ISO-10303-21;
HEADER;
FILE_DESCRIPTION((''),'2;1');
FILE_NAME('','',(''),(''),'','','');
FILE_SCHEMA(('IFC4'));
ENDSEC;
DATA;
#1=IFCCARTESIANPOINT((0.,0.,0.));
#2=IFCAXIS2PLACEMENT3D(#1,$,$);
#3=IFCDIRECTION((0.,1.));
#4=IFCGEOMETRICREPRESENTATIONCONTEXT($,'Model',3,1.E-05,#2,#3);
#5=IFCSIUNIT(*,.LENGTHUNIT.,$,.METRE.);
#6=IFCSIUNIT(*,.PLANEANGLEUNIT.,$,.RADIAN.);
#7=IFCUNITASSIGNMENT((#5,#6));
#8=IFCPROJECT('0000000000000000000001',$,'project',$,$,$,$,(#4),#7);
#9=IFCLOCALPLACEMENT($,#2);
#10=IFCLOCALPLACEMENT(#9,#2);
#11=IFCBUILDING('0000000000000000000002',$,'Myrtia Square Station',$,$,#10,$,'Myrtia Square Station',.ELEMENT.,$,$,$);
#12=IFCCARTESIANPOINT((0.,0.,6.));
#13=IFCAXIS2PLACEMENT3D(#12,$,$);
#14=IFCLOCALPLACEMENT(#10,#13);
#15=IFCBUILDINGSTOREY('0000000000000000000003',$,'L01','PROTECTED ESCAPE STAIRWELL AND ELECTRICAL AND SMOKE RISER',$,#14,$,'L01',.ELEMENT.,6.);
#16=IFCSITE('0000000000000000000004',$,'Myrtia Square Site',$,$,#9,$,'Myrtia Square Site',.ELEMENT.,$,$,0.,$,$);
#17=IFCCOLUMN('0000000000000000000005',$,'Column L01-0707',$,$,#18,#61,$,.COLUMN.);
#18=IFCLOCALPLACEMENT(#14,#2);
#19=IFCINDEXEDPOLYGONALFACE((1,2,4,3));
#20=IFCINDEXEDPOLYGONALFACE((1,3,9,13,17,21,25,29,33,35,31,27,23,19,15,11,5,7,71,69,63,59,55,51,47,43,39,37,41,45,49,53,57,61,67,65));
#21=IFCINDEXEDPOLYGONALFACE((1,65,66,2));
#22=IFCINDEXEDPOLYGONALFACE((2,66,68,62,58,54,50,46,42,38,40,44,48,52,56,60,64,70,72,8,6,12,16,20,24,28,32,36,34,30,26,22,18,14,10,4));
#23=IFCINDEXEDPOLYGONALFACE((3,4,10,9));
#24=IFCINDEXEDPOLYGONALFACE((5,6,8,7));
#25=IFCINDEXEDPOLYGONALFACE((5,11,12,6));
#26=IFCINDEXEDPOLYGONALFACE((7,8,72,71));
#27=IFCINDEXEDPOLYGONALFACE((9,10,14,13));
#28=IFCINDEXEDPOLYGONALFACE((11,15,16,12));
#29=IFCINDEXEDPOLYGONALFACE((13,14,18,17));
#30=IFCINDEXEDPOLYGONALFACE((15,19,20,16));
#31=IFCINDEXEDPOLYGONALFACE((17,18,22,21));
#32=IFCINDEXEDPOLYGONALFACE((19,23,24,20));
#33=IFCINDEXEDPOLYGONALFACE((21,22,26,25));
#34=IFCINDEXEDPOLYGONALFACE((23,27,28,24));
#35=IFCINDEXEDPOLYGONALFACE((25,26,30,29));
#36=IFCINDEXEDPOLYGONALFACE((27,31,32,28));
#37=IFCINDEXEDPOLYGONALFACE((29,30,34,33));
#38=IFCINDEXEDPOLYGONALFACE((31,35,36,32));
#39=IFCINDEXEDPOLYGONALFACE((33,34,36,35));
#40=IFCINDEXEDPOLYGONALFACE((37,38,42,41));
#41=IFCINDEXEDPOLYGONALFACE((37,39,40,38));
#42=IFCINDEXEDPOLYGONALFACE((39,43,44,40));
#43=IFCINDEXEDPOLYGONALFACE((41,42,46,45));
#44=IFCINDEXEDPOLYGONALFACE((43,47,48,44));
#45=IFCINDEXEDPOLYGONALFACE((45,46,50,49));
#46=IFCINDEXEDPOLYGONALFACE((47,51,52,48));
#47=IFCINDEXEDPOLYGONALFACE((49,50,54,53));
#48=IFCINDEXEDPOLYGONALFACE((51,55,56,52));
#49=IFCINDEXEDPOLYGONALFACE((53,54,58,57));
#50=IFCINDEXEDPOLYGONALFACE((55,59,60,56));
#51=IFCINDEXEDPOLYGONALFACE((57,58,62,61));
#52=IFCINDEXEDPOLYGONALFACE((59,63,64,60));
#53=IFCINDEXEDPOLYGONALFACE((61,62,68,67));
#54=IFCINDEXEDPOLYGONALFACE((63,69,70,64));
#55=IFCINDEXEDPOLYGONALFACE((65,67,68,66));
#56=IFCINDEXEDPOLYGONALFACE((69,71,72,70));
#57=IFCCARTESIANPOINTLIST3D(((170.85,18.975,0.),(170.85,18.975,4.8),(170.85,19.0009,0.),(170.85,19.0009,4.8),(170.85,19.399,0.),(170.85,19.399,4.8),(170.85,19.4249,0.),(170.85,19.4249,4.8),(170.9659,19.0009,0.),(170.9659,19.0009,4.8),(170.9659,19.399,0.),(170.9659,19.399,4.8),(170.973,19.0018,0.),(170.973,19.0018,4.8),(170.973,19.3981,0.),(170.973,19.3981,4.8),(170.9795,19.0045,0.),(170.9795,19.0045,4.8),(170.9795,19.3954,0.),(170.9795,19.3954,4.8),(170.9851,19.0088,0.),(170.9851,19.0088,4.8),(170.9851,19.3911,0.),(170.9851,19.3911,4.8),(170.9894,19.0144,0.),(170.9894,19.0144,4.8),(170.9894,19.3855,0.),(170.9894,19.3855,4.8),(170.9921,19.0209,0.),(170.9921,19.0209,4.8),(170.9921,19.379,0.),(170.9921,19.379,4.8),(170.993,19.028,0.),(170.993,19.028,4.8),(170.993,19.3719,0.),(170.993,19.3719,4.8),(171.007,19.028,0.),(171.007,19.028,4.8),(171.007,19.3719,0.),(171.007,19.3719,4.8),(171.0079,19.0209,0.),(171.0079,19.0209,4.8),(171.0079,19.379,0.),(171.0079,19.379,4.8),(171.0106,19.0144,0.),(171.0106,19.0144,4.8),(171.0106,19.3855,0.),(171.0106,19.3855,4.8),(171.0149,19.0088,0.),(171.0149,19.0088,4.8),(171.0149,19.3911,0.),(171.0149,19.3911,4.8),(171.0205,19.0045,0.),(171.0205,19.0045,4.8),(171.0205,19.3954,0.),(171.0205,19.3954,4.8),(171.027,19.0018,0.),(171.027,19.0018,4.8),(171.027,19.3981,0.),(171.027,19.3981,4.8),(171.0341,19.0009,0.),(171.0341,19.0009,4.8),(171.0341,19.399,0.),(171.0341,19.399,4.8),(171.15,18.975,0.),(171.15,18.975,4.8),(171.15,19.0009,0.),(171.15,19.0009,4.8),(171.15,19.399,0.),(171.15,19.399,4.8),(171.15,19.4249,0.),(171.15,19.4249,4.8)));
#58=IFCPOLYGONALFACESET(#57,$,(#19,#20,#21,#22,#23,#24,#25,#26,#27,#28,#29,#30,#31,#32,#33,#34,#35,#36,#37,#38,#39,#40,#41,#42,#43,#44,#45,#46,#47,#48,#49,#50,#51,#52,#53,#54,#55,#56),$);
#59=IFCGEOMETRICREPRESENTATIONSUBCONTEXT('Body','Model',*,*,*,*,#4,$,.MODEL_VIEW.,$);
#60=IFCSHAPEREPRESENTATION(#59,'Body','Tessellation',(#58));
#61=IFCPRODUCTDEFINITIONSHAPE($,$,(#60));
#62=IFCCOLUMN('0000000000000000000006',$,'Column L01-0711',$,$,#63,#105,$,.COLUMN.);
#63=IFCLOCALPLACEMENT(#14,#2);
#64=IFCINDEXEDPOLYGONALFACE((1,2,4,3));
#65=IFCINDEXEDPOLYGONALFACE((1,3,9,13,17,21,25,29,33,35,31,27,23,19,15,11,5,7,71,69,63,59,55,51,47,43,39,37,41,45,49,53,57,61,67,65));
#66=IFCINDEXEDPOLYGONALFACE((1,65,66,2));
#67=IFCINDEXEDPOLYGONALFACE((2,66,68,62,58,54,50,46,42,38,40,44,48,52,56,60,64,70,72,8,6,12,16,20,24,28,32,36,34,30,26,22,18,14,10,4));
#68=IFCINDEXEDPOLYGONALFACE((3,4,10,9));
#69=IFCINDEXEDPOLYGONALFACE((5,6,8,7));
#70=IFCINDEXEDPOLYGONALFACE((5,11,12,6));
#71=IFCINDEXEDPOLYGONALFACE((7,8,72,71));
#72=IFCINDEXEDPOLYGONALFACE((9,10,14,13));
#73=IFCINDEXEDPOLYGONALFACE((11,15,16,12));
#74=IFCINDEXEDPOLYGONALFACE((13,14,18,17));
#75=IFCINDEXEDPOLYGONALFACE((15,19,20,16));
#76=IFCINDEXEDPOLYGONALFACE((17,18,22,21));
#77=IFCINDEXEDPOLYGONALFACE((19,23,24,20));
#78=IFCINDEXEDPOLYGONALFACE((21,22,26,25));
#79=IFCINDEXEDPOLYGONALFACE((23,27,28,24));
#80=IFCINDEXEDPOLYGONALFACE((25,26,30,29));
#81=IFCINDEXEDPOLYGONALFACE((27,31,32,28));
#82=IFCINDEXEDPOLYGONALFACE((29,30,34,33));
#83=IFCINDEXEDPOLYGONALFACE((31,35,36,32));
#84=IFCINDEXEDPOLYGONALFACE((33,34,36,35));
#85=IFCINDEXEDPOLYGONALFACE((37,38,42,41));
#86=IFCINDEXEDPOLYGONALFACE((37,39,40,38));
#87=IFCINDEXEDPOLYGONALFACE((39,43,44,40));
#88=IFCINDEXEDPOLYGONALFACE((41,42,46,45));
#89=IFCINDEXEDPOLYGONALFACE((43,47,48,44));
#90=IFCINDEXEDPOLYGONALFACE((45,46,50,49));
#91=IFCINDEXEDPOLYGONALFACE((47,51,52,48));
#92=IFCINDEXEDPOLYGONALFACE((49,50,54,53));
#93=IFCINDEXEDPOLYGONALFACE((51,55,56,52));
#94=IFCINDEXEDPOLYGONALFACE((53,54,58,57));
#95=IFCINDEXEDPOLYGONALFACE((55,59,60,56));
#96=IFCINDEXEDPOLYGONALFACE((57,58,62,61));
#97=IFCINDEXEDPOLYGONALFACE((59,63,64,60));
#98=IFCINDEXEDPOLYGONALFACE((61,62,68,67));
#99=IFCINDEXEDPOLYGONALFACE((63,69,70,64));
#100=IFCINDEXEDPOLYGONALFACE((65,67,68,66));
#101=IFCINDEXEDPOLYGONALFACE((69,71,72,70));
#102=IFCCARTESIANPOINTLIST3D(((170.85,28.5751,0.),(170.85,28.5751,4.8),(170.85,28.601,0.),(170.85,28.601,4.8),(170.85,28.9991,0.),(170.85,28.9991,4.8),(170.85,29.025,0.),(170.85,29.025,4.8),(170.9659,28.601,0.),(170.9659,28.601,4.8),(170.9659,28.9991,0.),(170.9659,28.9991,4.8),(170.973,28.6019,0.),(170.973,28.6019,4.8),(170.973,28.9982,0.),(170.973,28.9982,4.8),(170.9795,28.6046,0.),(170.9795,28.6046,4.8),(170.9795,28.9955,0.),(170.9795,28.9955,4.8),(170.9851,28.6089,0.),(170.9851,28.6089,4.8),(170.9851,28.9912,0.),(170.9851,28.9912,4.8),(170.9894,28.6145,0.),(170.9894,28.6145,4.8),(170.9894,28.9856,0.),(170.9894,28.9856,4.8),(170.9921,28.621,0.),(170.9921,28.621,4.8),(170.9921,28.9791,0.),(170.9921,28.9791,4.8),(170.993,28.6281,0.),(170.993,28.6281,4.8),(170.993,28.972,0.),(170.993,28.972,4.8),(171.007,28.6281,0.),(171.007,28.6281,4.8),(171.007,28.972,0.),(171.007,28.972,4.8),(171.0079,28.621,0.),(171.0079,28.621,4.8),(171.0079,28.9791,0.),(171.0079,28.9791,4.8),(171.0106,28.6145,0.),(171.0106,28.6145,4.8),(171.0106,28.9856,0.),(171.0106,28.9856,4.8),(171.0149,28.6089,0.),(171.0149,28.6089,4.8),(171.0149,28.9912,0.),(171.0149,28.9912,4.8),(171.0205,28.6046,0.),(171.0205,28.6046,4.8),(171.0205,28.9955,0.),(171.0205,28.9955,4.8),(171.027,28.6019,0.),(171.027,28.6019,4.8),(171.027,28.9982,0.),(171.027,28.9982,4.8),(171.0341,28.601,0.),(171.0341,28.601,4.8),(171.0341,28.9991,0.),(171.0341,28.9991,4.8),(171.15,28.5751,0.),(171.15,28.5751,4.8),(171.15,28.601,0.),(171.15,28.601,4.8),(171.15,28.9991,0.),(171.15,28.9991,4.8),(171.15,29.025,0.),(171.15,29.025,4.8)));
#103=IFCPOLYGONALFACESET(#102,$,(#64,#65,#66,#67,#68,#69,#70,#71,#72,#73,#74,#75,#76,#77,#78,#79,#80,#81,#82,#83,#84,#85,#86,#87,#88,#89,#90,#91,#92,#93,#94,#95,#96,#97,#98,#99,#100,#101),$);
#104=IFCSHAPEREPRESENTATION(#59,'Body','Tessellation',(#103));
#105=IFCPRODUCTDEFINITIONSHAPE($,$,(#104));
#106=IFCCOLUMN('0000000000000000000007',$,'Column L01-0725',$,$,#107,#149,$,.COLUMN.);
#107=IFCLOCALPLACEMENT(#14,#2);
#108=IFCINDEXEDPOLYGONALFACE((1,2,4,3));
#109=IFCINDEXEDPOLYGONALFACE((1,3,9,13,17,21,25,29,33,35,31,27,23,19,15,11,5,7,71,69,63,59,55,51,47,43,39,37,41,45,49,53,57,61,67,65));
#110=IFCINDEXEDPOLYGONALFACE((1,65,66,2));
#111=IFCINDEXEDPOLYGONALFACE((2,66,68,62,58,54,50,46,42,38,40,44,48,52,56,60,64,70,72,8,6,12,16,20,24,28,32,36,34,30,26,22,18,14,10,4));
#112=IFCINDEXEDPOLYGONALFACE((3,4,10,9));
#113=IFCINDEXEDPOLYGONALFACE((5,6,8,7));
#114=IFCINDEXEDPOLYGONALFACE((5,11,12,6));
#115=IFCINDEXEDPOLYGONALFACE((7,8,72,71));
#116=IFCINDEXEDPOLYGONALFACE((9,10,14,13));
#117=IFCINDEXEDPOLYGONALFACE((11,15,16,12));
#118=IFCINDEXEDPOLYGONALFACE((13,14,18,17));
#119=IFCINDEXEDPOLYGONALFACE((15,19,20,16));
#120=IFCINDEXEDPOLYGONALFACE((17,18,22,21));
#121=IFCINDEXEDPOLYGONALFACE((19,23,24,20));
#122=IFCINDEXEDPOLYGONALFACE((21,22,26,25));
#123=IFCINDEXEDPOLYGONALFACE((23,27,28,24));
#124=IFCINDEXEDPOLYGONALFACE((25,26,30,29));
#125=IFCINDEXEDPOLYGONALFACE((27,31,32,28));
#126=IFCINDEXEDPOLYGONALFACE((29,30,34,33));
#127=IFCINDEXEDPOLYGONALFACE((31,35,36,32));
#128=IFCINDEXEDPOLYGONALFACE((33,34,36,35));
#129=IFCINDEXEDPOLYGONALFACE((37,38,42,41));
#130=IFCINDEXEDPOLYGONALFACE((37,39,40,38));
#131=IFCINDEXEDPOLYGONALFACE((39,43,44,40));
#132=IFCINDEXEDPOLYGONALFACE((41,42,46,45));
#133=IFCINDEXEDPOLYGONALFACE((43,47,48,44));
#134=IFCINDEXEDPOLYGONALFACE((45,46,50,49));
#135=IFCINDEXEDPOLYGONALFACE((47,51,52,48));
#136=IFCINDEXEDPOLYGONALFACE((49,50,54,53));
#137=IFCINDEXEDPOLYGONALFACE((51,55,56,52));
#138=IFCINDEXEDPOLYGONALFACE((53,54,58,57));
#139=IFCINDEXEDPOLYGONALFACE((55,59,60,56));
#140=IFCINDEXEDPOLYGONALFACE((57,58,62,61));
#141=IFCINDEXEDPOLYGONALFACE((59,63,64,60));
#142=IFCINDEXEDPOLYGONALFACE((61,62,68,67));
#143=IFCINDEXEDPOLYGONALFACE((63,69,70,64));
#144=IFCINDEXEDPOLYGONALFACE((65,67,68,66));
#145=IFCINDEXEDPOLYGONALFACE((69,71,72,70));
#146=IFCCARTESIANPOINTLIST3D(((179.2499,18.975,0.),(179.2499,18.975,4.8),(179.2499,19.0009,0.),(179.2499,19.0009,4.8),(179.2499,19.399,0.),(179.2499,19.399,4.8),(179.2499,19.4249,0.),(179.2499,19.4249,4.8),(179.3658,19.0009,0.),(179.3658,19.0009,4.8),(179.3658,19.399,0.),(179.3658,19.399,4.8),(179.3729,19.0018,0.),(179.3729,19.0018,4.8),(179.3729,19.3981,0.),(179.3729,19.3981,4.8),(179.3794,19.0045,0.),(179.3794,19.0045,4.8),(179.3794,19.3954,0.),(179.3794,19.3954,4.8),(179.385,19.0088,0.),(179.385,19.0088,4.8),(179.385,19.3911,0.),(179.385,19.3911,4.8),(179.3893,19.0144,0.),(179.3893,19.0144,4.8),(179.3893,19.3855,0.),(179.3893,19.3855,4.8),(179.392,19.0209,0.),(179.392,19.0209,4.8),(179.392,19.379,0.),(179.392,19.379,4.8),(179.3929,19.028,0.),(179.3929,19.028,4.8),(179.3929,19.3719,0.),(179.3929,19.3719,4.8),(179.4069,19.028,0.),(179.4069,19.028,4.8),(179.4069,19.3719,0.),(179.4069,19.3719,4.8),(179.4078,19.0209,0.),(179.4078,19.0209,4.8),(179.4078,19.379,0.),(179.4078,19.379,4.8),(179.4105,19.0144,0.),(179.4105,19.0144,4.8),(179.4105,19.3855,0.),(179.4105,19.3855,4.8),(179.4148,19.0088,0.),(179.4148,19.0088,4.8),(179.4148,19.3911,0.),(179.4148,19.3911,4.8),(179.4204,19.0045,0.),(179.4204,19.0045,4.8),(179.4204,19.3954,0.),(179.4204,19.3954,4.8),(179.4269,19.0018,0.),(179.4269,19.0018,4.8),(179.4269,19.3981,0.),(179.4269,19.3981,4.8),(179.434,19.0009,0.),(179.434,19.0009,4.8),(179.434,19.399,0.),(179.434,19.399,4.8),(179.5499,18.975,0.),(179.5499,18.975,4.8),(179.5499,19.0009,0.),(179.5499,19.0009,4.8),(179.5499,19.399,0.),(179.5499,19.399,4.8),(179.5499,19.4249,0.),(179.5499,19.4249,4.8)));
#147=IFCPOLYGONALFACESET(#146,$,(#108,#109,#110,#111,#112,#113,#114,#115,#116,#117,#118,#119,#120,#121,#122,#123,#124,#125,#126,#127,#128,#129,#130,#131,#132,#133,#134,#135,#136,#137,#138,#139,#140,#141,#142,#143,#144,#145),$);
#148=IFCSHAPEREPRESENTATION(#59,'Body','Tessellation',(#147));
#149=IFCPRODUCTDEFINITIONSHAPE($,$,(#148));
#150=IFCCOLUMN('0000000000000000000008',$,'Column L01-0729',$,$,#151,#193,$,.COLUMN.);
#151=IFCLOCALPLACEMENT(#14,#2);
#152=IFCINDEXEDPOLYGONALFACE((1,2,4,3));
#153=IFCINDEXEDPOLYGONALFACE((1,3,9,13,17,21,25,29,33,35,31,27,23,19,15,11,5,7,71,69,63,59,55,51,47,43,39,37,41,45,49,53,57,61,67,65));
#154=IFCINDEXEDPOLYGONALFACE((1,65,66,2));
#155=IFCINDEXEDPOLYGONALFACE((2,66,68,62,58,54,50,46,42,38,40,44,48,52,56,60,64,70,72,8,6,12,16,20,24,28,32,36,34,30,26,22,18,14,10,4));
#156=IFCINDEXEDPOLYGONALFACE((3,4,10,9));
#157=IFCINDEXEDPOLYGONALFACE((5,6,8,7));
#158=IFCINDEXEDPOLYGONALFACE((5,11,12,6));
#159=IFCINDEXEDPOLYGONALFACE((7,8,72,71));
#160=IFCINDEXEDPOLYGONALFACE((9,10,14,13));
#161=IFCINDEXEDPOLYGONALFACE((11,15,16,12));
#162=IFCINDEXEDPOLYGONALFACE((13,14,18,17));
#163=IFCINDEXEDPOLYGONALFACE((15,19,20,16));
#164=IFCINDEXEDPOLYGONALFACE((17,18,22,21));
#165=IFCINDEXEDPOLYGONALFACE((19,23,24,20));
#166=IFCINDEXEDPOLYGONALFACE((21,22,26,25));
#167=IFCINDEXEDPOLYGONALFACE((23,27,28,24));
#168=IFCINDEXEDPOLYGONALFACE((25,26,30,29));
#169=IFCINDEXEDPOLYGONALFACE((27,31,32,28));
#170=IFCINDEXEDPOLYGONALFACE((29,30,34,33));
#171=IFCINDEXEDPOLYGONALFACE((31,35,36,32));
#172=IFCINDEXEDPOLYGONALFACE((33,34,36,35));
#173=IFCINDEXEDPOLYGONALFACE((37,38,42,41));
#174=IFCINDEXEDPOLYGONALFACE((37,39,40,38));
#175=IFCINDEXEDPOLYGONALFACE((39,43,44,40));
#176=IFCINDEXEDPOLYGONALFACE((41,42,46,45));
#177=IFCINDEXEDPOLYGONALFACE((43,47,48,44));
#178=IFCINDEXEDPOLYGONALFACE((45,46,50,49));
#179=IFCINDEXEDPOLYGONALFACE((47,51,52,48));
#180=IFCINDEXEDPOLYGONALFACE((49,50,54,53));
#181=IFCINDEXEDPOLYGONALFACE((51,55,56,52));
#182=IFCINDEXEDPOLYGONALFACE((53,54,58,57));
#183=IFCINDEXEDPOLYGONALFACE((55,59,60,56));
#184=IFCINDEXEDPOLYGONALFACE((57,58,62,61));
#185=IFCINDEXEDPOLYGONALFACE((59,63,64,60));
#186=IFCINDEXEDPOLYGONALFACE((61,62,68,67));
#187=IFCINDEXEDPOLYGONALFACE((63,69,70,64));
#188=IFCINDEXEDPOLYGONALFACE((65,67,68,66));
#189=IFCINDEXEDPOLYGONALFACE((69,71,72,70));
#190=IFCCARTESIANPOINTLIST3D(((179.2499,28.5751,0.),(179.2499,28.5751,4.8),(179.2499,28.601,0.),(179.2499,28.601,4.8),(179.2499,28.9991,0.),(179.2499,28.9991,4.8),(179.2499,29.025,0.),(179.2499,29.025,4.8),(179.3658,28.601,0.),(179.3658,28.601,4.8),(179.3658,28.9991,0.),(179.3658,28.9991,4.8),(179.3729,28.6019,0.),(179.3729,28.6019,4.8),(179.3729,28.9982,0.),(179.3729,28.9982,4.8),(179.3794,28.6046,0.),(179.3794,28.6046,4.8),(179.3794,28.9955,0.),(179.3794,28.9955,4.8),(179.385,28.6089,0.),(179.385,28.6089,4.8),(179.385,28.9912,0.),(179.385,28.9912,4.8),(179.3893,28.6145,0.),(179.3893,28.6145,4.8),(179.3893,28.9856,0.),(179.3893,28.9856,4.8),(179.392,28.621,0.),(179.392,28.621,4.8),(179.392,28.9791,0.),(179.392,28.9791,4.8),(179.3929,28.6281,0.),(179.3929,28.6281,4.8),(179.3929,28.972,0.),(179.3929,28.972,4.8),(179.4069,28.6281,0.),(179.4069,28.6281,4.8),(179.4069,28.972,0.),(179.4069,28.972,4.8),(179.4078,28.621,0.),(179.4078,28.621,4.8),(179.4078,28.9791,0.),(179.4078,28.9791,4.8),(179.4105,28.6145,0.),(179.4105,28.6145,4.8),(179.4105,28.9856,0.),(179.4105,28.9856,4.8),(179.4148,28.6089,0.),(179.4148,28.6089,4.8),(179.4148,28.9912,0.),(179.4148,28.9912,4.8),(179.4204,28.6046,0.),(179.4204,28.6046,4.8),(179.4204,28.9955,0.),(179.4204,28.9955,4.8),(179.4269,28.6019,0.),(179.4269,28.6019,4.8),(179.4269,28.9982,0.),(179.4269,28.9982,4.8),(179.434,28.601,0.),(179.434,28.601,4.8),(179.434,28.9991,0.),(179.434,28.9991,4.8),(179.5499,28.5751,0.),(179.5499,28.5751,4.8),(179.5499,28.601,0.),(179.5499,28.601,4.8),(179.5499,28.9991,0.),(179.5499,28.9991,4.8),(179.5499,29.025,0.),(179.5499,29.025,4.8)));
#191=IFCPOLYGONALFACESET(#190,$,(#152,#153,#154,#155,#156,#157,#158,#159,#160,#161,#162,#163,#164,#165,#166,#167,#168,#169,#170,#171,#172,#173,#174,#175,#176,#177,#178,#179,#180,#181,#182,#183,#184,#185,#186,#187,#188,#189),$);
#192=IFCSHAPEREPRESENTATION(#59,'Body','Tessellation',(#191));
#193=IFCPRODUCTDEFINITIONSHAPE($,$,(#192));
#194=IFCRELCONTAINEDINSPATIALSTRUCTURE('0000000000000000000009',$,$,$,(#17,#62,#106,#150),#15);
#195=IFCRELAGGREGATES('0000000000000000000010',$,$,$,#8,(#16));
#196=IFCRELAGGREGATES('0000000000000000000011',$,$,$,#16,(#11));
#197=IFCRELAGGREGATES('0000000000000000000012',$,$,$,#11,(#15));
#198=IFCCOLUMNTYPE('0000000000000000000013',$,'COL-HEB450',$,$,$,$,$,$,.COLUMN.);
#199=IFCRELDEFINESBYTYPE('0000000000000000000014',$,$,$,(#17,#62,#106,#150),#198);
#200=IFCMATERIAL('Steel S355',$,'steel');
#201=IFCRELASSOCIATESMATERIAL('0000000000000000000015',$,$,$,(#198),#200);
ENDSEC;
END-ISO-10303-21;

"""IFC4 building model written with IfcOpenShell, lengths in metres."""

from ifc_helpers import new_model, si_unit, direction, frame, origin, origin_2d, place, context, subcontext, project, spatial, i_section, extrude, material, material_profile, profile_set, type_object, element, save


model = new_model("IFC4")

# Units and contexts
model_context = context("Model", 3, precision=1e-05, world=origin(), true_north=direction((0.0, 1.0)))
body_context = subcontext(model_context, "Body", "Model", "MODEL_VIEW")
ifc_project = project(units=[si_unit("LENGTHUNIT", "METRE"), si_unit("PLANEANGLEUNIT", "RADIAN")], contexts=[model_context])

# Site, building, storey
site_placement = place(None, origin())
site = spatial("IfcSite", under=ifc_project, at=site_placement, Name="Myrtia Square Site", LongName="Myrtia Square Site", CompositionType="ELEMENT", RefElevation=0.0)
building_placement = place(site_placement, origin())
building = spatial("IfcBuilding", under=site, at=building_placement, Name="Myrtia Square Station", LongName="Myrtia Square Station", CompositionType="ELEMENT")
storey_placement = place(building_placement, frame((0.0, 0.0, 6.0)))
storey = spatial("IfcBuildingStorey", under=building, at=storey_placement, Name="L01", Description="PROTECTED ESCAPE STAIRWELL AND ELECTRICAL AND SMOKE RISER", LongName="L01", CompositionType="ELEMENT", Elevation=6.0)

# Columns
ifc_material_1 = material(Name="Steel S355", Category="steel")
ifc_material_profile_1 = material_profile(ifc_material_1, i_section(OverallWidth=0.3, OverallDepth=0.45, WebThickness=0.0139, FlangeThickness=0.0259, FilletRadius=0.0271, at=origin_2d()), Name="HEB 450")
ifc_profile_set_1 = profile_set([ifc_material_profile_1], Name="Steel S355")
column_type = type_object("IfcColumnType", Name="COL-HEB450", PredefinedType="COLUMN", material=ifc_profile_set_1)
for number, where, z_axis, x_axis, name in (
    (1, (171.0, 19.2, 0.0), (0.0, 0.0, 1.0), (1.0, 0.0, 0.0), "Column L01-0707"),
    (2, (171.0, 28.8, 0.0), (0.0, 0.0, 1.0), (1.0, 0.0, 0.0), "Column L01-0711"),
    (3, (179.3999, 19.2, 0.0), (0.0, 0.0, 1.0), (1.0, 0.0, 0.0), "Column L01-0725"),
    (4, (179.3999, 28.8, 0.0), (0.0, 0.0, 1.0), (1.0, 0.0, 0.0), "Column L01-0729"),
):
    element("IfcColumn", number, at=place(storey_placement, frame(where, z_axis=z_axis, x_axis=x_axis)), inside=storey, type_object=column_type, Name=name, PredefinedType="COLUMN", context=body_context, shape_type="SweptSolid", body=[
        extrude(i_section(OverallWidth=0.3, OverallDepth=0.45, WebThickness=0.0139, FlangeThickness=0.0259, FilletRadius=0.0271, at=origin_2d()), origin(), (0.0, 0.0, 1.0), 4.8),
    ])

save(model, "model.ifc")
